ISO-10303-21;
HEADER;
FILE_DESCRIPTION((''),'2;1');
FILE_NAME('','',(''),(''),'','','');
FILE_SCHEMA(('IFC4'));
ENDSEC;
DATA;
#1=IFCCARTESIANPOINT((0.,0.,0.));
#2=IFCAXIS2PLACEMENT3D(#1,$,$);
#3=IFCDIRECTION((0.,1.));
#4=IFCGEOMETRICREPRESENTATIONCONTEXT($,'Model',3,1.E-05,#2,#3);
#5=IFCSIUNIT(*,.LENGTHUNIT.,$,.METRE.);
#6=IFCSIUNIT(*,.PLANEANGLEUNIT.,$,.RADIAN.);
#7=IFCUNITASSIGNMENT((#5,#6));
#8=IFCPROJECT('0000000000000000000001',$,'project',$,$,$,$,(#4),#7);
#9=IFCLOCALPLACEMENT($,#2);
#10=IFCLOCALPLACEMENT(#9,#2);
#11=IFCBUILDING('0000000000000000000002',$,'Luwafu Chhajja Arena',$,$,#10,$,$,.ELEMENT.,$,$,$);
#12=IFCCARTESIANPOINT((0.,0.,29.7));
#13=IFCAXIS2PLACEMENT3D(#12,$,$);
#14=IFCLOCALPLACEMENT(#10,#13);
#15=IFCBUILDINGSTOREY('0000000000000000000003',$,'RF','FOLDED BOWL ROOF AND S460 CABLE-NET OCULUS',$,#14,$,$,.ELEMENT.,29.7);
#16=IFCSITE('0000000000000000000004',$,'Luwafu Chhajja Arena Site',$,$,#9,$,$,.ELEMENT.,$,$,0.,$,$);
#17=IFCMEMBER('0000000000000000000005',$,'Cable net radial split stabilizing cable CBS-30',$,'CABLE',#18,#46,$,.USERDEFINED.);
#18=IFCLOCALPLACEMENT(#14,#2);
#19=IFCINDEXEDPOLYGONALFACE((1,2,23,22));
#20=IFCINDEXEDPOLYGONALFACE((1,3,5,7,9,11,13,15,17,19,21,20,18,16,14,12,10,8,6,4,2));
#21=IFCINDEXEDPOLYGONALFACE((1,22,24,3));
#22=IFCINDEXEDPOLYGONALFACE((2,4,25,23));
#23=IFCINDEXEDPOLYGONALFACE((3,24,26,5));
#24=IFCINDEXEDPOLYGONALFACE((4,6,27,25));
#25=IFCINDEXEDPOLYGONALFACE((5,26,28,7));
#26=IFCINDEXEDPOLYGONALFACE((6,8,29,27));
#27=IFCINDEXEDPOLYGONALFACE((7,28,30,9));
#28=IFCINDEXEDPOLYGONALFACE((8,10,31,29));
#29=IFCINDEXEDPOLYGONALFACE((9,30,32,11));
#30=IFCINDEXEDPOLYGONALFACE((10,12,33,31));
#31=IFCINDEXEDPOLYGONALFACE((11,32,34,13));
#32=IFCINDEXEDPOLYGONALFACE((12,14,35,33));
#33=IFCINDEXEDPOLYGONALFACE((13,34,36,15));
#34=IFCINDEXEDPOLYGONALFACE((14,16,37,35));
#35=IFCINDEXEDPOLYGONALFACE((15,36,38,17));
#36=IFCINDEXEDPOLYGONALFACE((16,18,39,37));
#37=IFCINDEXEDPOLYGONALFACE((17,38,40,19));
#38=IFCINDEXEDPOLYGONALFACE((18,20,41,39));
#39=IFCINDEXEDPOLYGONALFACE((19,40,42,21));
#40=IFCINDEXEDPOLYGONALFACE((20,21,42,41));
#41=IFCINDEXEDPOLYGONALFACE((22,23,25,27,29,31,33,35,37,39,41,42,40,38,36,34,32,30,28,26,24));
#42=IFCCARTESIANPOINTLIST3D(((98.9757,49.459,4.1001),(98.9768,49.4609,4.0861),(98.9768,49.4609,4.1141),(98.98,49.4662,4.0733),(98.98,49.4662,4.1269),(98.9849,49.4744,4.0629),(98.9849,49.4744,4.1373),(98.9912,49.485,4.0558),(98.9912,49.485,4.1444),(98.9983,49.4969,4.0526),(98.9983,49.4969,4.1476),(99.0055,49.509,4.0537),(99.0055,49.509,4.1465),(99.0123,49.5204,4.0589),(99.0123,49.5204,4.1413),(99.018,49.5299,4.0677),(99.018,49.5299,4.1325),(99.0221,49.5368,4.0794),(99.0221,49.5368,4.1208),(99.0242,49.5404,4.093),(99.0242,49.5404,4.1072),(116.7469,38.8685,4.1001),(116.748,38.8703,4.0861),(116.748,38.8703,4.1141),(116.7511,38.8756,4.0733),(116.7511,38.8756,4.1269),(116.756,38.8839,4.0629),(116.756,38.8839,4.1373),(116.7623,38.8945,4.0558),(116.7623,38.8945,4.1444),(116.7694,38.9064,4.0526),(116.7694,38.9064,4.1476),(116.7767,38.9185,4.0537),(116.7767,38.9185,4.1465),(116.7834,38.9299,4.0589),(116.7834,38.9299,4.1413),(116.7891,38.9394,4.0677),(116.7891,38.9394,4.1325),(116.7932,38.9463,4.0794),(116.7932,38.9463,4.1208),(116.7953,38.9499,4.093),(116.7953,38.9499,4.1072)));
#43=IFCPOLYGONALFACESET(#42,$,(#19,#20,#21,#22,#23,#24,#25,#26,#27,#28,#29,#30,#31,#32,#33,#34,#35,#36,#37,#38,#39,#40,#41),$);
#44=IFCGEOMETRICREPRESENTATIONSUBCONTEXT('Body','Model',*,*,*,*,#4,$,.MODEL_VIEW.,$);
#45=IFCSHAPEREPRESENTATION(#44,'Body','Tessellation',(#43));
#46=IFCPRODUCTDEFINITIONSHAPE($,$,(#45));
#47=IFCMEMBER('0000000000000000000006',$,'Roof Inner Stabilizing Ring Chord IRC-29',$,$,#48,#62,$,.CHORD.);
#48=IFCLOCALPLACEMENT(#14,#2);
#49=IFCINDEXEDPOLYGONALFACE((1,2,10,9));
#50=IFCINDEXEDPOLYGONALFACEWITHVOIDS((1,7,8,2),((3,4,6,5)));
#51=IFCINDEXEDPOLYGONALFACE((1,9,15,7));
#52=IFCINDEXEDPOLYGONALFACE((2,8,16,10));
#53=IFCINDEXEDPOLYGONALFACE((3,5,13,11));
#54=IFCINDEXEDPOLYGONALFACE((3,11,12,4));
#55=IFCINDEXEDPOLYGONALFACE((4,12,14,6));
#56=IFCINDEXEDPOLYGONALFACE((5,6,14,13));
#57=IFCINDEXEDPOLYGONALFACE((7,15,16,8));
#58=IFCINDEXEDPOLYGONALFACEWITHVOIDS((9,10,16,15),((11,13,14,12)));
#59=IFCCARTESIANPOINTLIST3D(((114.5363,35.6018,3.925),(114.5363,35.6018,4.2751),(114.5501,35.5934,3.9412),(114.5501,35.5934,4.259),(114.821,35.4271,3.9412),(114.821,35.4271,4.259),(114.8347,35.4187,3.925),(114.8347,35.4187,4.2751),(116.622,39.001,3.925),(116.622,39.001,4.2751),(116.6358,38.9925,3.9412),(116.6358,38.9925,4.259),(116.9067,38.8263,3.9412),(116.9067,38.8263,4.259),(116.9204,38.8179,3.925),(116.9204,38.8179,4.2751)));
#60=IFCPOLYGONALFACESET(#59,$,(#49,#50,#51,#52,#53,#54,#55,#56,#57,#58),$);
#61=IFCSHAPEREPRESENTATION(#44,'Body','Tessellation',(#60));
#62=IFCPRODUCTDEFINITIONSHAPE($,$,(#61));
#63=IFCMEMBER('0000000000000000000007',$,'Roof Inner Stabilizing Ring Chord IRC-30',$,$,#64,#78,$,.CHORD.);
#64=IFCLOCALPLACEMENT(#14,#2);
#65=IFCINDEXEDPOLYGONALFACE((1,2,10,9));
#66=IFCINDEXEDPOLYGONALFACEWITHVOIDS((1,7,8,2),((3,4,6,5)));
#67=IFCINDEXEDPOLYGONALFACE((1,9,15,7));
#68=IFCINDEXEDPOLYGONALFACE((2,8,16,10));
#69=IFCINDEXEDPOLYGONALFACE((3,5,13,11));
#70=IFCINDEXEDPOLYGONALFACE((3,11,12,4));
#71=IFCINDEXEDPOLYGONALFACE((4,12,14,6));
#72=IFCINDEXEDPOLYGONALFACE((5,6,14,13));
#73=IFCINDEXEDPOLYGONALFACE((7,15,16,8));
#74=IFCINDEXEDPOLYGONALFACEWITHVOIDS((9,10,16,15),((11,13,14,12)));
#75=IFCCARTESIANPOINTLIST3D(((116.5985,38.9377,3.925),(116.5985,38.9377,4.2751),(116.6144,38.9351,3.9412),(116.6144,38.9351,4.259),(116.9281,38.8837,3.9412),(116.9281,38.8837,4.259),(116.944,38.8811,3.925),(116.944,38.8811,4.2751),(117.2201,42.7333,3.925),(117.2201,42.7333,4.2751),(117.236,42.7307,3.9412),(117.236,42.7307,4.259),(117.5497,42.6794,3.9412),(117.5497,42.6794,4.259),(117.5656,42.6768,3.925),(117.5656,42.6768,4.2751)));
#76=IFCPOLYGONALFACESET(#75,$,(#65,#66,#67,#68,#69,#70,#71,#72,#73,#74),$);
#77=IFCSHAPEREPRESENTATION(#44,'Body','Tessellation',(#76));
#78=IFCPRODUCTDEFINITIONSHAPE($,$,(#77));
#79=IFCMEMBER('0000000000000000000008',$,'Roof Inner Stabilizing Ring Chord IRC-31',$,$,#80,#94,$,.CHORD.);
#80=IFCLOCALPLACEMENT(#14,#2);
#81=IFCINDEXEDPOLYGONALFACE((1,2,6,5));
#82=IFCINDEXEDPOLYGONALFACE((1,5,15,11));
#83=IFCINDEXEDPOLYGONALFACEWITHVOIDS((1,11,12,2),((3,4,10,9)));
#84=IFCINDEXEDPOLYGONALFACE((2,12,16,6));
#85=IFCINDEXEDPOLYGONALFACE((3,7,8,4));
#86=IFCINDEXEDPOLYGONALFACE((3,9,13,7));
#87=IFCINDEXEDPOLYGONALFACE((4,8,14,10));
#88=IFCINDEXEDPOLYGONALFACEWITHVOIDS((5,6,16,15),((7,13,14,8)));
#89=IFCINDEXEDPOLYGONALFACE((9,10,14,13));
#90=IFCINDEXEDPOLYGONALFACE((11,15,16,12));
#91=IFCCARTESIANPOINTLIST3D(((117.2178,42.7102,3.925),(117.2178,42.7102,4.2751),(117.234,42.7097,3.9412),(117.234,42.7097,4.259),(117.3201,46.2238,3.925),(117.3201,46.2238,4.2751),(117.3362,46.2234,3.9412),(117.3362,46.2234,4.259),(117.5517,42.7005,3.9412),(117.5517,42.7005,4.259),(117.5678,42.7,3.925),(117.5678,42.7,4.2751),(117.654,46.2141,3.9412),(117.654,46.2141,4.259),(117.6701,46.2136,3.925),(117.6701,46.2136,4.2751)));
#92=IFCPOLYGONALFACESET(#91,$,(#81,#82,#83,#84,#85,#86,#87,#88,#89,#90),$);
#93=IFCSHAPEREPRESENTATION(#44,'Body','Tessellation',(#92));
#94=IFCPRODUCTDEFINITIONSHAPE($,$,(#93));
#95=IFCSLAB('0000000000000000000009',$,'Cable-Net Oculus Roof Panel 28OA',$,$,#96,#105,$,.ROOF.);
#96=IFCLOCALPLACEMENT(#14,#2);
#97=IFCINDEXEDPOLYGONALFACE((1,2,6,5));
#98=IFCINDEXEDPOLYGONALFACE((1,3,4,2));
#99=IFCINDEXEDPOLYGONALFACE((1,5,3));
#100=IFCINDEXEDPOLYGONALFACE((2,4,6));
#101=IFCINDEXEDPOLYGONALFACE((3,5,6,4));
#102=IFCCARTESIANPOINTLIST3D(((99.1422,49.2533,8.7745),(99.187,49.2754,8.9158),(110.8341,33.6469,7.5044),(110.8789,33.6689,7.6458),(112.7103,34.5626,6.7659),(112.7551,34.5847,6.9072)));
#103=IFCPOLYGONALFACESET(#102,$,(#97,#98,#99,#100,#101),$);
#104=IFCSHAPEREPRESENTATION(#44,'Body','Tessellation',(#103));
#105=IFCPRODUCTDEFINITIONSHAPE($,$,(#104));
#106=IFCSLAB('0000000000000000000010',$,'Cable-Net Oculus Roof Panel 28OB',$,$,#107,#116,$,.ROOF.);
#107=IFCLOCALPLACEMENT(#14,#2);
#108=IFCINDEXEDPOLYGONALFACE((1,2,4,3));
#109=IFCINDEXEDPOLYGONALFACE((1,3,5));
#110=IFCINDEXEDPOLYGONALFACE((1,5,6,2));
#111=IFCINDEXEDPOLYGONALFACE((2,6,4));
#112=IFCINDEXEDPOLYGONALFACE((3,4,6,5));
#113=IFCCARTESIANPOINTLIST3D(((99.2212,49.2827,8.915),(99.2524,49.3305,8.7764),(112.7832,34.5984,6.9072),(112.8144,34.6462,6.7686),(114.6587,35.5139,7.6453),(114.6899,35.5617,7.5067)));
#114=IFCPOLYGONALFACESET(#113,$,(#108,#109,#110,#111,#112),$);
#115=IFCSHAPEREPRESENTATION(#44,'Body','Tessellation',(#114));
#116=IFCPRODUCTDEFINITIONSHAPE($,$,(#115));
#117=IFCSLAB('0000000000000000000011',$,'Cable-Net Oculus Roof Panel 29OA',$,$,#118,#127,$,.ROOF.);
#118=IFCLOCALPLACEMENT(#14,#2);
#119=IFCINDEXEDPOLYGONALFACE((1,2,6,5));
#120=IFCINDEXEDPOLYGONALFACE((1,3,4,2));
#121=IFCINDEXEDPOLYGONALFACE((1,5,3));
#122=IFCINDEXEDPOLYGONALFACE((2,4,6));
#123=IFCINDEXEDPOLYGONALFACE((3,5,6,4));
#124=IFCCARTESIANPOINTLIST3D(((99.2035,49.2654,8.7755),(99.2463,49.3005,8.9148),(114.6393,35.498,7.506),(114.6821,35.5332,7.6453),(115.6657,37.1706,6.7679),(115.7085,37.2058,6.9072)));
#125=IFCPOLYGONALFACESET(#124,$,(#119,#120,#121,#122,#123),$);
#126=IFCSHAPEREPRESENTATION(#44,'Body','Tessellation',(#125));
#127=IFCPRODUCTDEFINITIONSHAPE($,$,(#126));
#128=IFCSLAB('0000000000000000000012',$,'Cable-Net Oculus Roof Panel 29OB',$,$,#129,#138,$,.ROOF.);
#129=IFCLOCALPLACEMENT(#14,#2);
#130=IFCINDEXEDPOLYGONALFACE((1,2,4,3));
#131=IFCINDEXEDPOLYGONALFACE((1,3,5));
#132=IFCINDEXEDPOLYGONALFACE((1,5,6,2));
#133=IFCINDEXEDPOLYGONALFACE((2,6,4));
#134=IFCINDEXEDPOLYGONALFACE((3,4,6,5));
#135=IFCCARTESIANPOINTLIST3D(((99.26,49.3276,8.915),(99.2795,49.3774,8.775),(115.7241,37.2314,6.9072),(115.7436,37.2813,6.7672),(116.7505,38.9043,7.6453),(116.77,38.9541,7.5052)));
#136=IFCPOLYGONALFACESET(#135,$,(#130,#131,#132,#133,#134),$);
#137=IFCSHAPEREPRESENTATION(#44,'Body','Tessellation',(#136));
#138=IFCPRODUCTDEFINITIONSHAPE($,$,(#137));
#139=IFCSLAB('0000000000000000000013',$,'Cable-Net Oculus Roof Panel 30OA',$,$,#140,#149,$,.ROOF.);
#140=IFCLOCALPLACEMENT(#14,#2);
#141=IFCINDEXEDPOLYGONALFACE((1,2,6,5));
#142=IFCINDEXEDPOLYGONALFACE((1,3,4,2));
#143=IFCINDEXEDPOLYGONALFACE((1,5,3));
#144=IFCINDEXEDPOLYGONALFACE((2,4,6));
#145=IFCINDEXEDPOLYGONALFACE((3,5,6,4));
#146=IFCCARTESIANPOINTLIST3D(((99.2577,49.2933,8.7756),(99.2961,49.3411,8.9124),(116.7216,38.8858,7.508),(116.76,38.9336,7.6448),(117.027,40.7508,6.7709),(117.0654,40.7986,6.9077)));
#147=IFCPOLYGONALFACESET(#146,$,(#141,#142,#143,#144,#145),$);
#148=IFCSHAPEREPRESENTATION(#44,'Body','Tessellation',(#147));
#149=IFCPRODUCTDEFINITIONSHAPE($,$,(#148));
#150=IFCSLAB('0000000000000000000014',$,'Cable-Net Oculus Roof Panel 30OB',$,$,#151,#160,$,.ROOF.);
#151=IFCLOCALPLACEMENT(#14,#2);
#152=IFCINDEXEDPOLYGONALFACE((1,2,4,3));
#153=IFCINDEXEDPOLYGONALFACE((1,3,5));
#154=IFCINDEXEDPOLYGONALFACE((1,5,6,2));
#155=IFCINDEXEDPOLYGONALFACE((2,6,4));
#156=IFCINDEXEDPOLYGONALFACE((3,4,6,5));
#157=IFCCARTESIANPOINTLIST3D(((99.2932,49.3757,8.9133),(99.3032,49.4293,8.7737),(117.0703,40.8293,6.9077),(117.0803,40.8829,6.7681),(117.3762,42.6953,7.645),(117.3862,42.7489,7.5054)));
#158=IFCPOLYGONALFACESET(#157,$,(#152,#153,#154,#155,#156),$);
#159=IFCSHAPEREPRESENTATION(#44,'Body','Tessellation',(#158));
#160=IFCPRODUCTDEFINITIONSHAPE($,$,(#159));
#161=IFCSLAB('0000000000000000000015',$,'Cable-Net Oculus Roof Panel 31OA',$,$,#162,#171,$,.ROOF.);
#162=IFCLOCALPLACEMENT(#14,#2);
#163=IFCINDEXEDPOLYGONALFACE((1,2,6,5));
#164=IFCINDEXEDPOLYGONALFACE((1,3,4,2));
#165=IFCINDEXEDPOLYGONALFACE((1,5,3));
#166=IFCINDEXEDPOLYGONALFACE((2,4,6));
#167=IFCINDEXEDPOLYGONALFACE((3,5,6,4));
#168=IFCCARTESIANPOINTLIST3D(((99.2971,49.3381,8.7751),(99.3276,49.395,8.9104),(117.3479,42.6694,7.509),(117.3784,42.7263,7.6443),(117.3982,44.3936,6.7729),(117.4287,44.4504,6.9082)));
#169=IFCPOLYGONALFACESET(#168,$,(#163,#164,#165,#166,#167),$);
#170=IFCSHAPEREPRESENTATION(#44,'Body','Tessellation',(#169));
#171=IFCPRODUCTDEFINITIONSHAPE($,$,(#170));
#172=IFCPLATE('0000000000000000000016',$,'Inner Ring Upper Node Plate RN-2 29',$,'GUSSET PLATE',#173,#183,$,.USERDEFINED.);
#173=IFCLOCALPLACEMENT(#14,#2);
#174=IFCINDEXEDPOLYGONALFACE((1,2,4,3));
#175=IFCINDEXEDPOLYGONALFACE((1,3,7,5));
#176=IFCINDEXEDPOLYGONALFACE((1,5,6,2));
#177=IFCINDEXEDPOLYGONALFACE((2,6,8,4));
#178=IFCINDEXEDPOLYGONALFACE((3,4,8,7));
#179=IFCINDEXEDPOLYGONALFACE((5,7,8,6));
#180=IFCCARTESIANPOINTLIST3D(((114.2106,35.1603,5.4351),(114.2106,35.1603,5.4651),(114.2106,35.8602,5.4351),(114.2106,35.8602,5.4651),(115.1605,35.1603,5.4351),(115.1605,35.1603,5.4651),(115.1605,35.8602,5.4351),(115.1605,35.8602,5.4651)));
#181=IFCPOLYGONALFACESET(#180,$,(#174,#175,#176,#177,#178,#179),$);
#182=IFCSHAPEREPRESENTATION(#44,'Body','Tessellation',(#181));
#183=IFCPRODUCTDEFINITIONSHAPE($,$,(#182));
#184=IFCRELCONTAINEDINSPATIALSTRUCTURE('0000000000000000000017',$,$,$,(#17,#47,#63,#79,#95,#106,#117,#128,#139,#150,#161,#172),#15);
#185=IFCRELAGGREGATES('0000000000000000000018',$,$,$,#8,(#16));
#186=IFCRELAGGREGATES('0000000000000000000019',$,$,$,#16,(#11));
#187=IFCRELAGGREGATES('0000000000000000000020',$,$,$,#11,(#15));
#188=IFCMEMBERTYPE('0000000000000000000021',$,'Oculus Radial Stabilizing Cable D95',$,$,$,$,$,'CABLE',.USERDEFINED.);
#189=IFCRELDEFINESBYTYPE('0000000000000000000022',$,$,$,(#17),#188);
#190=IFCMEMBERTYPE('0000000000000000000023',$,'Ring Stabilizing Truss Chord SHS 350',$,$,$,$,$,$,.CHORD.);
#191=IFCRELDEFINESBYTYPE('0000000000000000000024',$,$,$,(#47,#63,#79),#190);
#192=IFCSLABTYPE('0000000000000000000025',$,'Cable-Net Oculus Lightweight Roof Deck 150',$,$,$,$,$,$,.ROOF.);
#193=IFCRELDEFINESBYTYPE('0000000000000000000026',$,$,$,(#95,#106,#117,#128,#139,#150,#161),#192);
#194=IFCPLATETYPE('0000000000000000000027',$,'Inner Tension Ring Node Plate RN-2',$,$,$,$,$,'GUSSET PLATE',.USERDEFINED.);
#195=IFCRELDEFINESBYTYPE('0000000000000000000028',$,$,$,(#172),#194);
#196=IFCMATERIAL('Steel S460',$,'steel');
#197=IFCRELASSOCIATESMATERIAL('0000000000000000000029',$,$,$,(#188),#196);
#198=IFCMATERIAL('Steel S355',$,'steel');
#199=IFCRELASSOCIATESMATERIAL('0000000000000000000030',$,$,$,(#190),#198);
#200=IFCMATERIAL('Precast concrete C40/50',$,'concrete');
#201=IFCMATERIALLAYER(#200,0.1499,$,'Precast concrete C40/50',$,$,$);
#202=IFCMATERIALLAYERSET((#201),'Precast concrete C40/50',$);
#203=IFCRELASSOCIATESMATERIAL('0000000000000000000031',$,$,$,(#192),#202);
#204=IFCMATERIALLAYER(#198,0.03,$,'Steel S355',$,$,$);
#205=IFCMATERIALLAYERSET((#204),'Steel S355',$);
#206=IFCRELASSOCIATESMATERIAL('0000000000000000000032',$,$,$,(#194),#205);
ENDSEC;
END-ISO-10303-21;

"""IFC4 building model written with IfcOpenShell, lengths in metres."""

from ifc_helpers import new_model, si_unit, direction, frame, origin, origin_2d, place, context, subcontext, project, spatial, polyline, rectangle, hollow_rectangle, circle, outline, extrude, material, layer, layer_set, material_profile, profile_set, type_object, element, save


model = new_model("IFC4")

# Units and contexts
model_context = context("Model", 3, precision=1e-05, world=origin(), true_north=direction((0.0, 1.0)))
body_context = subcontext(model_context, "Body", "Model", "MODEL_VIEW")
ifc_project = project(units=[si_unit("LENGTHUNIT", "METRE"), si_unit("PLANEANGLEUNIT", "RADIAN")], contexts=[model_context])

# Site, building, storey
site_placement = place(None, origin())
site = spatial("IfcSite", under=ifc_project, at=site_placement, Name="Luwafu Chhajja Arena Site", CompositionType="ELEMENT", RefElevation=0.0)
building_placement = place(site_placement, origin())
building = spatial("IfcBuilding", under=site, at=building_placement, Name="Luwafu Chhajja Arena", CompositionType="ELEMENT")
storey_placement = place(building_placement, frame((0.0, 0.0, 29.7)))
storey = spatial("IfcBuildingStorey", under=building, at=storey_placement, Name="RF", Description="FOLDED BOWL ROOF AND S460 CABLE-NET OCULUS", CompositionType="ELEMENT", Elevation=29.7)

# Shared definitions
ifc_material_1 = material(Name="Steel S355", Category="steel")

# Members
ifc_material_2 = material(Name="Steel S460", Category="steel")
ifc_material_profile_1 = material_profile(ifc_material_2, circle(Radius=0.0476, at=origin_2d()), Name="CABLE D95")
ifc_profile_set_1 = profile_set([ifc_material_profile_1], Name="Steel S460")
member_type_1 = type_object("IfcMemberType", Name="Oculus Radial Stabilizing Cable D95", ElementType="CABLE", PredefinedType="USERDEFINED", material=ifc_profile_set_1)
member_1_placement = place(storey_placement, frame((116.7712, 38.9094, 4.1001), z_axis=(-0.859028, 0.511928, 0.0), x_axis=(-0.511928, -0.859028, 0.0)))
element("IfcMember", 1, at=member_1_placement, inside=storey, type_object=member_type_1, Name="Cable net radial split stabilizing cable CBS-30", ObjectType="CABLE", PredefinedType="USERDEFINED", context=body_context, shape_type="SweptSolid", body=[
    extrude(circle(Radius=0.0476, at=origin_2d()), origin(), (0.0, 0.0, 1.0), 20.6875),
])
ifc_material_profile_2 = material_profile(ifc_material_1, hollow_rectangle(XDim=0.3501, YDim=0.3501, WallThickness=0.0161, at=origin_2d()), Name="SHS 350x350x16")
ifc_profile_set_2 = profile_set([ifc_material_profile_2], Name="Steel S355")
member_type_2 = type_object("IfcMemberType", Name="Ring Stabilizing Truss Chord SHS 350", PredefinedType="CHORD", material=ifc_profile_set_2)
member_2_placement = place(storey_placement, frame((114.6855, 35.5103, 4.1001), z_axis=(0.522987, 0.852341, 0.0), x_axis=(-0.852341, 0.522987, 0.0)))
element("IfcMember", 2, at=member_2_placement, inside=storey, type_object=member_type_2, Name="Roof Inner Stabilizing Ring Chord IRC-29", PredefinedType="CHORD", context=body_context, shape_type="SweptSolid", body=[
    extrude(hollow_rectangle(XDim=0.3501, YDim=0.3501, WallThickness=0.0161, at=origin_2d()), origin(), (0.0, 0.0, 1.0), 3.988),
])
member_3_placement = place(storey_placement, frame((116.7712, 38.9094, 4.1001), z_axis=(0.161609, 0.986855, 0.0), x_axis=(-0.986855, 0.161609, 0.0)))
element("IfcMember", 3, at=member_3_placement, inside=storey, type_object=member_type_2, Name="Roof Inner Stabilizing Ring Chord IRC-30", PredefinedType="CHORD", context=body_context, shape_type="SweptSolid", body=[
    extrude(hollow_rectangle(XDim=0.3501, YDim=0.3501, WallThickness=0.0161, at=origin_2d()), origin(), (0.0, 0.0, 1.0), 3.8462),
])
member_4_placement = place(storey_placement, frame((117.3928, 42.7051, 4.1001), z_axis=(0.029101, 0.999576, 0.0), x_axis=(-0.999576, 0.029101, 0.0)))
element("IfcMember", 4, at=member_4_placement, inside=storey, type_object=member_type_2, Name="Roof Inner Stabilizing Ring Chord IRC-31", PredefinedType="CHORD", context=body_context, shape_type="SweptSolid", body=[
    extrude(hollow_rectangle(XDim=0.3501, YDim=0.3501, WallThickness=0.0161, at=origin_2d()), origin(), (0.0, 0.0, 1.0), 3.5151),
])

# Slabs
ifc_material_3 = material(Name="Precast concrete C40/50", Category="concrete")
ifc_layer_1 = layer(ifc_material_3, 0.1499, Name="Precast concrete C40/50")
ifc_layer_set_1 = layer_set([ifc_layer_1], Name="Precast concrete C40/50")
slab_type = type_object("IfcSlabType", Name="Cable-Net Oculus Lightweight Roof Deck 150", PredefinedType="ROOF", material=ifc_layer_set_1)
slab_1_placement = place(storey_placement, frame((110.8789, 33.6689, 7.6458), z_axis=(0.299148, 0.147394, 0.942754), x_axis=(-0.598308, 0.798626, 0.064991)))
element("IfcSlab", 5, at=slab_1_placement, inside=storey, type_object=slab_type, Name="Cable-Net Oculus Roof Panel 28OA", PredefinedType="ROOF", context=body_context, shape_type="SweptSolid", body=[
    extrude(outline(polyline([(0.0, 0.0), (19.5416, 0.0), (-0.4392, -2.1706), (0.0, 0.0)])), origin(), (0.0, 0.0, -1.0), 0.1499),
])
slab_2_placement = place(storey_placement, frame((112.7832, 34.5984, 6.9072), z_axis=(-0.208261, -0.318775, 0.924667), x_axis=(-0.675079, 0.730945, 0.099943)))
element("IfcSlab", 6, at=slab_2_placement, inside=storey, type_object=slab_type, Name="Cable-Net Oculus Roof Panel 28OB", PredefinedType="ROOF", context=body_context, shape_type="SweptSolid", body=[
    extrude(outline(polyline([(0.0, 0.0), (20.0895, 0.0), (-0.5231, -2.151), (0.0, 0.0)])), origin(), (0.0, 0.0, -1.0), 0.1499),
])
slab_3_placement = place(storey_placement, frame((114.6821, 35.5332, 7.6453), z_axis=(0.285713, 0.23466, 0.929141), x_axis=(-0.744887, 0.664372, 0.061264)))
element("IfcSlab", 7, at=slab_3_placement, inside=storey, type_object=slab_type, Name="Cable-Net Oculus Roof Panel 29OA", PredefinedType="ROOF", context=body_context, shape_type="SweptSolid", body=[
    extrude(outline(polyline([(0.0, 0.0), (20.7223, 0.0), (0.3015, -2.0748), (0.0, 0.0)])), origin(), (0.0, 0.0, -1.0), 0.1499),
])
slab_4_placement = place(storey_placement, frame((115.7241, 37.2314, 6.9072), z_axis=(-0.13019, -0.33226, 0.934159), x_axis=(-0.802015, 0.589241, 0.097806)))
element("IfcSlab", 8, at=slab_4_placement, inside=storey, type_object=slab_type, Name="Cable-Net Oculus Roof Panel 29OB", PredefinedType="ROOF", context=body_context, shape_type="SweptSolid", body=[
    extrude(outline(polyline([(0.0, 0.0), (20.5284, 0.0), (0.2347, -2.0836), (0.0, 0.0)])), origin(), (0.0, 0.0, -1.0), 0.1499),
])
slab_5_placement = place(storey_placement, frame((116.76, 38.9336, 7.6448), z_axis=(0.25617, 0.318708, 0.91258), x_axis=(-0.857362, 0.510939, 0.06223)))
element("IfcSlab", 9, at=slab_5_placement, inside=storey, type_object=slab_type, Name="Cable-Net Oculus Roof Panel 30OA", PredefinedType="ROOF", context=body_context, shape_type="SweptSolid", body=[
    extrude(outline(polyline([(0.0, 0.0), (20.3693, 0.0), (0.6452, -1.9231), (0.0, 0.0)])), origin(), (0.0, 0.0, -1.0), 0.1499),
])
slab_6_placement = place(storey_placement, frame((117.0703, 40.8293, 6.9077), z_axis=(-0.066618, -0.357203, 0.931648), x_axis=(-0.896635, 0.43106, 0.101159)))
element("IfcSlab", 10, at=slab_6_placement, inside=storey, type_object=slab_type, Name="Cable-Net Oculus Roof Panel 30OB", PredefinedType="ROOF", context=body_context, shape_type="SweptSolid", body=[
    extrude(outline(polyline([(0.0, 0.0), (19.8265, 0.0), (0.6046, -1.9374), (0.0, 0.0)])), origin(), (0.0, 0.0, -1.0), 0.1499),
])
slab_7_placement = place(storey_placement, frame((117.3784, 42.7263, 7.6443), z_axis=(0.203476, 0.379405, 0.902579), x_axis=(-0.936009, 0.3458, 0.065653)))
element("IfcSlab", 11, at=slab_7_placement, inside=storey, type_object=slab_type, Name="Cable-Net Oculus Roof Panel 31OA", PredefinedType="ROOF", context=body_context, shape_type="SweptSolid", body=[
    extrude(outline(polyline([(0.0, 0.0), (19.2848, 0.0), (0.5008, -1.8072), (0.0, 0.0)])), origin(), (0.0, 0.0, -1.0), 0.1499),
])

# Plate
ifc_layer_2 = layer(ifc_material_1, 0.03, Name="Steel S355")
ifc_layer_set_2 = layer_set([ifc_layer_2], Name="Steel S355")
plate_type = type_object("IfcPlateType", Name="Inner Tension Ring Node Plate RN-2", ElementType="GUSSET PLATE", PredefinedType="USERDEFINED", material=ifc_layer_set_2)
for number, where, z_axis, x_axis, name in (
    (12, (114.6855, 35.5103, 5.4351), (0.0, 0.0, 1.0), (1.0, 0.0, 0.0), "Inner Ring Upper Node Plate RN-2 29"),
):
    element("IfcPlate", number, at=place(storey_placement, frame(where, z_axis=z_axis, x_axis=x_axis)), inside=storey, type_object=plate_type, Name=name, ObjectType="GUSSET PLATE", PredefinedType="USERDEFINED", context=body_context, shape_type="SweptSolid", body=[
        extrude(rectangle(XDim=0.95, YDim=0.7, at=origin_2d()), origin(), (0.0, 0.0, 1.0), 0.03),
    ])

save(model, "model.ifc")
